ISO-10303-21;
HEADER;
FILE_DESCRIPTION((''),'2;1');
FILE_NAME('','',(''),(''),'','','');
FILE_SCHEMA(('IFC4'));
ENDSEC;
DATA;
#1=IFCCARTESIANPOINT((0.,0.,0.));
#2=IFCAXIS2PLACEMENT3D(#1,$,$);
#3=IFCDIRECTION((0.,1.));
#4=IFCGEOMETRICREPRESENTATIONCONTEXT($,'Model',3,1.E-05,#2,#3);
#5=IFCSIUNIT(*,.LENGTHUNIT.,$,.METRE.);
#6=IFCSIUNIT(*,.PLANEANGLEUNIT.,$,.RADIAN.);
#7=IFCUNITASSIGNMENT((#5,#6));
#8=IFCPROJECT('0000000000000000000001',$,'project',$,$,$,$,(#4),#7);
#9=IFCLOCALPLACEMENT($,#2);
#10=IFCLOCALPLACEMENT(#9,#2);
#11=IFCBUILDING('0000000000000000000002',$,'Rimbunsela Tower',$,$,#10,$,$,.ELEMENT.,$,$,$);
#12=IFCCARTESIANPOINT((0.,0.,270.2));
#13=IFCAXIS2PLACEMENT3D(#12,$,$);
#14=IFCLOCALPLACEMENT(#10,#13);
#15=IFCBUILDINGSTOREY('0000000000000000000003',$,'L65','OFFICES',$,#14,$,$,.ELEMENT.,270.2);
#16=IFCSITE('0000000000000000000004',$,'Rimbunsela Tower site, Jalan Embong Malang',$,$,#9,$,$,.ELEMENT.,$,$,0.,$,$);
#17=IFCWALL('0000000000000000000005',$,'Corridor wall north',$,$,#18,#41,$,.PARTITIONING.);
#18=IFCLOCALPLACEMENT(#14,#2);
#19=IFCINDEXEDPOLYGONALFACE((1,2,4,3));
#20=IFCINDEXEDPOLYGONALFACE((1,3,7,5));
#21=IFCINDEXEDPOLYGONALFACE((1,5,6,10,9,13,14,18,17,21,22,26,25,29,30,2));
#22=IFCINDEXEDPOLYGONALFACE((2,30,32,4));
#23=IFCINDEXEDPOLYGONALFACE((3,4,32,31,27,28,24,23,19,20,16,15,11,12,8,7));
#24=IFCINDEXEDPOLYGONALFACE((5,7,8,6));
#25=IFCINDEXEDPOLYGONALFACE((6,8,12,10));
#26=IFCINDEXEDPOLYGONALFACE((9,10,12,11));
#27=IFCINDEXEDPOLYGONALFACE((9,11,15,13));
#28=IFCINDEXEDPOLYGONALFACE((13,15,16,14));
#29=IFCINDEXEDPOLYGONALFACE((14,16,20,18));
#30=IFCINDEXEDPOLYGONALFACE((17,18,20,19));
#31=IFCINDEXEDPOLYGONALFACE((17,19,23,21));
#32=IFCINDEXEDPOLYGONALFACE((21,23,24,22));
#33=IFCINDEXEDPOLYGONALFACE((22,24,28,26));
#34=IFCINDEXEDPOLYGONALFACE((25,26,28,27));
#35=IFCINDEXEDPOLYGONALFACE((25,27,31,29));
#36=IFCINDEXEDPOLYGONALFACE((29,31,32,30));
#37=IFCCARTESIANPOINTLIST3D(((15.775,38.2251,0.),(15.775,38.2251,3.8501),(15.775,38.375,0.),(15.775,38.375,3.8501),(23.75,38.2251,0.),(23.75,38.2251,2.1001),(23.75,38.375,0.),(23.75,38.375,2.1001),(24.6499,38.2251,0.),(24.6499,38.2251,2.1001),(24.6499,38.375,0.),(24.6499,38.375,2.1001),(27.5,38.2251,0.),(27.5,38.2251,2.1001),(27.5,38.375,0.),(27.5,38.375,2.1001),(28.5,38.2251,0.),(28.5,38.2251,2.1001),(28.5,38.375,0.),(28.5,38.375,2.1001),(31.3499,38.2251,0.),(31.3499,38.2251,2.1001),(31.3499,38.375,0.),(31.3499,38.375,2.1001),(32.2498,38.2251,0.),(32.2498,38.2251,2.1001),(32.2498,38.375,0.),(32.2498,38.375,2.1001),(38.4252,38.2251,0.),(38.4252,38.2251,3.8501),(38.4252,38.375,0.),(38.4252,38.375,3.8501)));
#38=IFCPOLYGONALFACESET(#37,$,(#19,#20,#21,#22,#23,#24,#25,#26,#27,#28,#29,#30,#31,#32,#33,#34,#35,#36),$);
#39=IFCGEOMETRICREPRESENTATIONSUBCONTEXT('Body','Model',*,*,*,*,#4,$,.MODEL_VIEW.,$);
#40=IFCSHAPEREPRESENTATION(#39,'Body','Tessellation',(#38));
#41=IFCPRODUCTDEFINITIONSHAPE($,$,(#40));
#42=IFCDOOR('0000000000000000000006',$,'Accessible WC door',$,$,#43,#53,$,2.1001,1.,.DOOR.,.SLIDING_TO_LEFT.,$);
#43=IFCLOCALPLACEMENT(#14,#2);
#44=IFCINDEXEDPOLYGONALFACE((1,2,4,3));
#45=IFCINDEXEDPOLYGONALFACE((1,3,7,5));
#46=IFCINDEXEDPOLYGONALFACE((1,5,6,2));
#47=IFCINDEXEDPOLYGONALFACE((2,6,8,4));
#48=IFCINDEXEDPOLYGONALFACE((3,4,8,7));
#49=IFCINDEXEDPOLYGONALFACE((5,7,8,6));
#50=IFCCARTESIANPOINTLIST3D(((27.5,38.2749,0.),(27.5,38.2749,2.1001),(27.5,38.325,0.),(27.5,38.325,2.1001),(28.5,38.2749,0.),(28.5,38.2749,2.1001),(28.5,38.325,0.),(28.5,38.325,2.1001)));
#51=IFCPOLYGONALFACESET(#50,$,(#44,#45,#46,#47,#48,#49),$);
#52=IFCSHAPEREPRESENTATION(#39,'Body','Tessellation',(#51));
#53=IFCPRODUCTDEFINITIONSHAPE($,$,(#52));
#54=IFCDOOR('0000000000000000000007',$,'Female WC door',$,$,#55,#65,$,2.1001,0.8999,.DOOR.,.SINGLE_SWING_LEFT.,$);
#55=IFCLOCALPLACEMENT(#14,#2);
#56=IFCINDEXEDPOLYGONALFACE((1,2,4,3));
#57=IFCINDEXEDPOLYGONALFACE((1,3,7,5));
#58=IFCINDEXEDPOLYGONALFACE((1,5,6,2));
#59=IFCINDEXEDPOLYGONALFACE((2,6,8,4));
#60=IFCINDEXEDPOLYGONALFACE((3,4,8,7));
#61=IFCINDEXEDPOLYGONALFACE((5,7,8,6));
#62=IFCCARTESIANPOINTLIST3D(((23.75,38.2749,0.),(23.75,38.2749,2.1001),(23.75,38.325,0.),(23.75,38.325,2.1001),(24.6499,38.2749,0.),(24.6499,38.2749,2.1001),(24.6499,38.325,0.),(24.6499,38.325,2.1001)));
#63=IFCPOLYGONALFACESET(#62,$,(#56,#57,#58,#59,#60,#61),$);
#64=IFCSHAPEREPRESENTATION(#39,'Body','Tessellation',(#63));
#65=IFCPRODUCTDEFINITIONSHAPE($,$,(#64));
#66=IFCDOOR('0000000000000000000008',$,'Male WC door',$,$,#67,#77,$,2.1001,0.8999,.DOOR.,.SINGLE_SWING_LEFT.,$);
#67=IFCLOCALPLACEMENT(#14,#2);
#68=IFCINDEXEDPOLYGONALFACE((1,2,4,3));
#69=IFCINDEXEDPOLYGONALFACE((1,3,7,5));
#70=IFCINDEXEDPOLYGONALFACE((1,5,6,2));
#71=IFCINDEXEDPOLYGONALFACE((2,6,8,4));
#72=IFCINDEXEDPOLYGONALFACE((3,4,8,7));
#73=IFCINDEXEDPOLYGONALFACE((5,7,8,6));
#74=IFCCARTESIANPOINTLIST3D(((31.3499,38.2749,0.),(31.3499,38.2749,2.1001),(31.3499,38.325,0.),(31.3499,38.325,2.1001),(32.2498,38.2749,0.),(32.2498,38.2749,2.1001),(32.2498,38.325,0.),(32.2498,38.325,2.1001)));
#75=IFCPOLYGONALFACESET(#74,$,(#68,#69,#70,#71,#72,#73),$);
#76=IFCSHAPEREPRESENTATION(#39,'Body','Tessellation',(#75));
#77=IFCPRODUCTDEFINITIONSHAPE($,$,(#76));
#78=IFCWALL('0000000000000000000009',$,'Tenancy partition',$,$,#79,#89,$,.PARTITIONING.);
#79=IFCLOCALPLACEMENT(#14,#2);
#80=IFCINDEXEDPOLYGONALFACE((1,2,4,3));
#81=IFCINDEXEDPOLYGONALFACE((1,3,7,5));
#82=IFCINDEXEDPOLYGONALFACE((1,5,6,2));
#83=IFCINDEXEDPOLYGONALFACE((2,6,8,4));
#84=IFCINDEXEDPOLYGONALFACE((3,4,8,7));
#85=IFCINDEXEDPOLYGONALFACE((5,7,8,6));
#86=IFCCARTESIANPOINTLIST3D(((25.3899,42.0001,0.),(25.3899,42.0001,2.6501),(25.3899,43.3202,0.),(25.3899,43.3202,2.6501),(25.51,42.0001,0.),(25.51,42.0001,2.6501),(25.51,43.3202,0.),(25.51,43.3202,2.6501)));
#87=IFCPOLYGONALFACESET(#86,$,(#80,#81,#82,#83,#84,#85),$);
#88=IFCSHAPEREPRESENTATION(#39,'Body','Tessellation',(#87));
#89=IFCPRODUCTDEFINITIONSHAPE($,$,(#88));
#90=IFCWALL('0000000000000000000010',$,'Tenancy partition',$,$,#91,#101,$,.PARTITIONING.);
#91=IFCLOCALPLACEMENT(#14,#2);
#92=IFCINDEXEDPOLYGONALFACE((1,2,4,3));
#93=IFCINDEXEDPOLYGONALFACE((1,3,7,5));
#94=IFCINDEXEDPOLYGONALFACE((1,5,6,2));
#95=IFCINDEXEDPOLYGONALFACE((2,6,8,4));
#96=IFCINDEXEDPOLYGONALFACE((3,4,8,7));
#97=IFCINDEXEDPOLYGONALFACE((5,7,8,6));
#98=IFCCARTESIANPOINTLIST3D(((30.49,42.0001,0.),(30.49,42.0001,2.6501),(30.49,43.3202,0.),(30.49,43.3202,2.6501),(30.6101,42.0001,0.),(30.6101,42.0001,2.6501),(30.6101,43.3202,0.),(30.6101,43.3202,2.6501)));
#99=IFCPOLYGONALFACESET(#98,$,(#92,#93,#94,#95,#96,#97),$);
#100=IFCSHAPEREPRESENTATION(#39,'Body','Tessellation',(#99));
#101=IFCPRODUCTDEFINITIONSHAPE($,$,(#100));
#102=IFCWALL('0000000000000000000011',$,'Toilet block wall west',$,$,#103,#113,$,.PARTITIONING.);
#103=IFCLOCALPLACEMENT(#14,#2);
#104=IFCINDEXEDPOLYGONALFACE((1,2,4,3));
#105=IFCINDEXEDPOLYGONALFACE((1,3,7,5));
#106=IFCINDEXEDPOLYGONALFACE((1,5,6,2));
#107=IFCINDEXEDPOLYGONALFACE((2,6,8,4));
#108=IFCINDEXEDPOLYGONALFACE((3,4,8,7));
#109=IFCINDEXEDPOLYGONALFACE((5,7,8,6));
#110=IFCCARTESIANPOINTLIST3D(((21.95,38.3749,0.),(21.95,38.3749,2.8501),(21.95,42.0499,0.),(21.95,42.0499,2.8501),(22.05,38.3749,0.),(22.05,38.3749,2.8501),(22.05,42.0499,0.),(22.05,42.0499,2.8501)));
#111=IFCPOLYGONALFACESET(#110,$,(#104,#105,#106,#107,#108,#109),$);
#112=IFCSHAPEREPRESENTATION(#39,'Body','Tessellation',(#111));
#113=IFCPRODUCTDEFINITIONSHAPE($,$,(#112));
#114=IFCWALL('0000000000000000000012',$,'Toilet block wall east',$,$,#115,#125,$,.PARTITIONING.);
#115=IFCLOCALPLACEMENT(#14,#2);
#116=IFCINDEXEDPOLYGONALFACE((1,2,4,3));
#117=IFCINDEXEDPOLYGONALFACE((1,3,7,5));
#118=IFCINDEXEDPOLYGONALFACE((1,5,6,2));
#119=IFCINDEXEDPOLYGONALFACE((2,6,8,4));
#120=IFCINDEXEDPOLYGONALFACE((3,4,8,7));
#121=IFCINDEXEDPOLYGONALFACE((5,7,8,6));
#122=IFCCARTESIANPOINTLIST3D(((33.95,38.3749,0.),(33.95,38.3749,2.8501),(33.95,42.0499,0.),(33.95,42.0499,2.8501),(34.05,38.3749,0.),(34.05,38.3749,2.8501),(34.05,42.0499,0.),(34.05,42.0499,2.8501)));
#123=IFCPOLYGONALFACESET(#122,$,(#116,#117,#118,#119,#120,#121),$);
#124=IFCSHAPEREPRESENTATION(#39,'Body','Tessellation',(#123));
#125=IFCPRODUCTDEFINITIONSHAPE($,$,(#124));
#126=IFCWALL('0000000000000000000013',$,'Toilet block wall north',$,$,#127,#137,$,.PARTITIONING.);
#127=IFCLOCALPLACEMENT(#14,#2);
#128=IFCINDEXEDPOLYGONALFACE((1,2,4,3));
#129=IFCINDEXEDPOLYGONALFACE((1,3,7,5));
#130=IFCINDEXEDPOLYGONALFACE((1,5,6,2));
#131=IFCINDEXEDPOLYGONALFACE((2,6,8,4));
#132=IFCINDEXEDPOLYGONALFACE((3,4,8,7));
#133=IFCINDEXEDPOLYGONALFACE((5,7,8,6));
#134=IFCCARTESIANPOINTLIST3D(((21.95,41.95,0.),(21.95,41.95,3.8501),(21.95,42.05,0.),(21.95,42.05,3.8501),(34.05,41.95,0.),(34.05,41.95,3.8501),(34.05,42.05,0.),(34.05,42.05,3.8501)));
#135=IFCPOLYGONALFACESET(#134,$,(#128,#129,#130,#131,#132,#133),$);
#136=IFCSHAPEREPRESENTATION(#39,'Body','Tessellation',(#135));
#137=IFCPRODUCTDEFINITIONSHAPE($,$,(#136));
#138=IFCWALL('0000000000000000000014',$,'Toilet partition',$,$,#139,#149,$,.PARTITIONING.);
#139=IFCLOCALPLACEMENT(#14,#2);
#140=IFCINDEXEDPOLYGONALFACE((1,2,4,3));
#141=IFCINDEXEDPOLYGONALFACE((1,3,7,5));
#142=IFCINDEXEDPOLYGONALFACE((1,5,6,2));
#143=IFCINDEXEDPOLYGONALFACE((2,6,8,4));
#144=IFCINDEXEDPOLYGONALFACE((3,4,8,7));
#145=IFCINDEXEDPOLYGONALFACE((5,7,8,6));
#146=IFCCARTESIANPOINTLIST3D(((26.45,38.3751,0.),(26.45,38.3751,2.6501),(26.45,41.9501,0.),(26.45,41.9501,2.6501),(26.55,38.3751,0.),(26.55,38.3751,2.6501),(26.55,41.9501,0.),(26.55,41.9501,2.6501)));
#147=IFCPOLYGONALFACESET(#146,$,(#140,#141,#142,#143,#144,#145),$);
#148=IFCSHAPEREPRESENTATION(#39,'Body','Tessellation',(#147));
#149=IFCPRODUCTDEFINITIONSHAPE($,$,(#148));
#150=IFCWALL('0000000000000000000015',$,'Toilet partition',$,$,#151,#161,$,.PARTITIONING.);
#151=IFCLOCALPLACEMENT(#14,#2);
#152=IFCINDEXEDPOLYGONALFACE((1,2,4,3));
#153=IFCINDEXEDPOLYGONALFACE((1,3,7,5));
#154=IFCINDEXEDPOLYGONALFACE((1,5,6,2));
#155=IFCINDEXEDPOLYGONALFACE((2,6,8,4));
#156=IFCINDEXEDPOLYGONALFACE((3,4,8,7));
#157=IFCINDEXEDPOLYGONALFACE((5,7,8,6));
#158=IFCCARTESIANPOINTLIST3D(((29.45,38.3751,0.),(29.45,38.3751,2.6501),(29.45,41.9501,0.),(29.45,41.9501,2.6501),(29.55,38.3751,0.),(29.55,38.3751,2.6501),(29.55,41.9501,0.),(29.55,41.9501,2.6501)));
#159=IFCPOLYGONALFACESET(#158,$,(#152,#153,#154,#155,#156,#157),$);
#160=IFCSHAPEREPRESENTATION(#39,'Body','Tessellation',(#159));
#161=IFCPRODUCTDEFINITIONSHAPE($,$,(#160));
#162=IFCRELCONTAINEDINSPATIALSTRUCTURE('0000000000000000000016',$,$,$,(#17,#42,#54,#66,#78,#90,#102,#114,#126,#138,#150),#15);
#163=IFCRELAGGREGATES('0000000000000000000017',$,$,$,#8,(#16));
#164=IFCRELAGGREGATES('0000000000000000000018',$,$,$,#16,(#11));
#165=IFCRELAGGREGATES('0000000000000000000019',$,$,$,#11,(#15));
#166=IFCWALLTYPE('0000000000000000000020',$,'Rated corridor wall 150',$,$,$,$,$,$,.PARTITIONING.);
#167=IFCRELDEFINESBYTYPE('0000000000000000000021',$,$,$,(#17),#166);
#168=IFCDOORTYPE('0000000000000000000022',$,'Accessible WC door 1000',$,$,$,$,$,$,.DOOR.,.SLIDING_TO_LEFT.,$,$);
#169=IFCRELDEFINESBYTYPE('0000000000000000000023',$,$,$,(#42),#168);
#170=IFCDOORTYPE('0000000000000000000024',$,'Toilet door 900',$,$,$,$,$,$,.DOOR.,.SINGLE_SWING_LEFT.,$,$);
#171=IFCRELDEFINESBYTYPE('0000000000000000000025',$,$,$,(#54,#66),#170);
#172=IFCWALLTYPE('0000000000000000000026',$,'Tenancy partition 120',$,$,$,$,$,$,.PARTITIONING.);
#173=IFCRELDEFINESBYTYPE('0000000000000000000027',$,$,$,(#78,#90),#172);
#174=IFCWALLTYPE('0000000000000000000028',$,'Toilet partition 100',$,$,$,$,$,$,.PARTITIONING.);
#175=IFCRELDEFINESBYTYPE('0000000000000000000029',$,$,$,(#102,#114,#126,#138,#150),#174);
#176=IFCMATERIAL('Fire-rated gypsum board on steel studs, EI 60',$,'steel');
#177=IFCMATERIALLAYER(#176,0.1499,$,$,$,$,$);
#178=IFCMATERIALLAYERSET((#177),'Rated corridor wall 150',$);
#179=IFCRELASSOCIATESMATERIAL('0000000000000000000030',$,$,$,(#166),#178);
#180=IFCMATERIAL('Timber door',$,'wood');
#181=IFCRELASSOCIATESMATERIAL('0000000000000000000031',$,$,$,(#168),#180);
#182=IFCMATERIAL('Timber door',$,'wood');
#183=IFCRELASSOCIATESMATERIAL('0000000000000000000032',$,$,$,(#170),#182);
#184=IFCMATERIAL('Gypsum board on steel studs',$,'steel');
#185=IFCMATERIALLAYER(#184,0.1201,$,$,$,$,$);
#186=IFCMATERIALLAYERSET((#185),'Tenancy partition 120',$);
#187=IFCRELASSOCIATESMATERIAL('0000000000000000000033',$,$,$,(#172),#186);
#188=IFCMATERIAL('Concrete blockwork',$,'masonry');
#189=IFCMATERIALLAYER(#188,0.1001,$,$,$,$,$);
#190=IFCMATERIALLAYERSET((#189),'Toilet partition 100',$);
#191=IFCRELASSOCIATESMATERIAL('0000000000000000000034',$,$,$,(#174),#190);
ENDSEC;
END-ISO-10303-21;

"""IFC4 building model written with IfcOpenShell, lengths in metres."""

from ifc_helpers import new_model, si_unit, direction, frame, frame_2d, origin, place, context, subcontext, project, spatial, rectangle, extrude, material, layer, layer_set, type_object, element, fill, save


model = new_model("IFC4")

# Units and contexts
model_context = context("Model", 3, precision=1e-05, world=origin(), true_north=direction((0.0, 1.0)))
body_context = subcontext(model_context, "Body", "Model", "MODEL_VIEW")
ifc_project = project(units=[si_unit("LENGTHUNIT", "METRE"), si_unit("PLANEANGLEUNIT", "RADIAN")], contexts=[model_context])

# Site, building, storey
site_placement = place(None, origin())
site = spatial("IfcSite", under=ifc_project, at=site_placement, Name="Rimbunsela Tower site, Jalan Embong Malang", CompositionType="ELEMENT", RefElevation=0.0)
building_placement = place(site_placement, origin())
building = spatial("IfcBuilding", under=site, at=building_placement, Name="Rimbunsela Tower", CompositionType="ELEMENT")
storey_placement = place(building_placement, frame((0.0, 0.0, 270.2)))
storey = spatial("IfcBuildingStorey", under=building, at=storey_placement, Name="L65", Description="OFFICES", CompositionType="ELEMENT", Elevation=270.2)

# Wall, openings, doors
ifc_material_1 = material(Name="Fire-rated gypsum board on steel studs, EI 60", Category="steel")
ifc_layer_1 = layer(ifc_material_1, 0.1499)
ifc_layer_set_1 = layer_set([ifc_layer_1], Name="Rated corridor wall 150")
wall_type_1 = type_object("IfcWallType", Name="Rated corridor wall 150", PredefinedType="PARTITIONING", material=ifc_layer_set_1)
wall_1_placement = place(storey_placement, frame((15.7749, 38.3, 0.0), z_axis=(0.0, 0.0, 1.0), x_axis=(1.0, 0.0, 0.0)))
wall_1 = element("IfcWall", 1, at=wall_1_placement, inside=storey, type_object=wall_type_1, Name="Corridor wall north", PredefinedType="PARTITIONING", context=body_context, shape_type="SweptSolid", body=[
    extrude(rectangle(XDim=22.6501, YDim=0.1499, at=frame_2d((11.3252, 0.0))), origin(), (0.0, 0.0, 1.0), 3.8501),
])
opening_1_placement = place(wall_1_placement, frame((7.9751, 0.0, 0.0)))
opening_1 = element("IfcOpeningElement", 2, at=opening_1_placement, cuts=wall_1, PredefinedType="OPENING", context=body_context, shape_type="SweptSolid", body=[
    extrude(rectangle(XDim=0.8999, YDim=2.1001, at=frame_2d((0.45, 1.05))), frame((0.0, 0.085, 0.0), z_axis=(0.0, -1.0, 0.0), x_axis=(1.0, 0.0, 0.0)), (0.0, 0.0, 1.0), 0.1699),
])
opening_2_placement = place(wall_1_placement, frame((11.7251, 0.0, 0.0)))
opening_2 = element("IfcOpeningElement", 3, at=opening_2_placement, cuts=wall_1, PredefinedType="OPENING", context=body_context, shape_type="SweptSolid", body=[
    extrude(rectangle(XDim=1.0, YDim=2.1001, at=frame_2d((0.5, 1.05))), frame((0.0, 0.085, 0.0), z_axis=(0.0, -1.0, 0.0), x_axis=(1.0, 0.0, 0.0)), (0.0, 0.0, 1.0), 0.1699),
])
opening_3_placement = place(wall_1_placement, frame((15.575, 0.0, 0.0)))
opening_3 = element("IfcOpeningElement", 4, at=opening_3_placement, cuts=wall_1, PredefinedType="OPENING", context=body_context, shape_type="SweptSolid", body=[
    extrude(rectangle(XDim=0.8999, YDim=2.1001, at=frame_2d((0.45, 1.05))), frame((0.0, 0.085, 0.0), z_axis=(0.0, -1.0, 0.0), x_axis=(1.0, 0.0, 0.0)), (0.0, 0.0, 1.0), 0.1699),
])
ifc_material_2 = material(Name="Timber door", Category="wood")
door_type_1 = type_object("IfcDoorType", Name="Accessible WC door 1000", OperationType="SLIDING_TO_LEFT", PredefinedType="DOOR", material=ifc_material_2)
door_1_placement = place(opening_2_placement, origin())
door_1 = element("IfcDoor", 5, at=door_1_placement, inside=storey, type_object=door_type_1, Name="Accessible WC door", OperationType="SLIDING_TO_LEFT", OverallHeight=2.1001, OverallWidth=1.0, PredefinedType="DOOR", context=body_context, shape_type="SweptSolid", body=[
    extrude(rectangle(XDim=1.0, YDim=2.1001, at=frame_2d((0.5, 1.05))), frame((0.0, 0.0249, 0.0), z_axis=(0.0, -1.0, 0.0), x_axis=(1.0, 0.0, 0.0)), (0.0, 0.0, 1.0), 0.05),
])
fill(opening_2, door_1)
ifc_material_3 = material(Name="Timber door", Category="wood")
door_type_2 = type_object("IfcDoorType", Name="Toilet door 900", OperationType="SINGLE_SWING_LEFT", PredefinedType="DOOR", material=ifc_material_3)
door_2_placement = place(opening_1_placement, origin())
door_2 = element("IfcDoor", 6, at=door_2_placement, inside=storey, type_object=door_type_2, Name="Female WC door", OperationType="SINGLE_SWING_LEFT", OverallHeight=2.1001, OverallWidth=0.8999, PredefinedType="DOOR", context=body_context, shape_type="SweptSolid", body=[
    extrude(rectangle(XDim=0.8999, YDim=2.1001, at=frame_2d((0.45, 1.05))), frame((0.0, 0.0249, 0.0), z_axis=(0.0, -1.0, 0.0), x_axis=(1.0, 0.0, 0.0)), (0.0, 0.0, 1.0), 0.05),
])
fill(opening_1, door_2)
door_3_placement = place(opening_3_placement, origin())
door_3 = element("IfcDoor", 7, at=door_3_placement, inside=storey, type_object=door_type_2, Name="Male WC door", OperationType="SINGLE_SWING_LEFT", OverallHeight=2.1001, OverallWidth=0.8999, PredefinedType="DOOR", context=body_context, shape_type="SweptSolid", body=[
    extrude(rectangle(XDim=0.8999, YDim=2.1001, at=frame_2d((0.45, 1.05))), frame((0.0, 0.0249, 0.0), z_axis=(0.0, -1.0, 0.0), x_axis=(1.0, 0.0, 0.0)), (0.0, 0.0, 1.0), 0.05),
])
fill(opening_3, door_3)

# Walls
ifc_material_4 = material(Name="Gypsum board on steel studs", Category="steel")
ifc_layer_2 = layer(ifc_material_4, 0.1201)
ifc_layer_set_2 = layer_set([ifc_layer_2], Name="Tenancy partition 120")
wall_type_2 = type_object("IfcWallType", Name="Tenancy partition 120", PredefinedType="PARTITIONING", material=ifc_layer_set_2)
for number, where, z_axis, x_axis, name in (
    (8, (25.45, 42.0, 0.0), (0.0, 0.0, 1.0), (0.0, 1.0, 0.0), "Tenancy partition"),
    (9, (30.55, 42.0, 0.0), (0.0, 0.0, 1.0), (0.0, 1.0, 0.0), "Tenancy partition"),
):
    element("IfcWall", number, at=place(storey_placement, frame(where, z_axis=z_axis, x_axis=x_axis)), inside=storey, type_object=wall_type_2, Name=name, PredefinedType="PARTITIONING", context=body_context, shape_type="SweptSolid", body=[
        extrude(rectangle(XDim=1.3201, YDim=0.1201, at=frame_2d((0.6602, 0.0))), origin(), (0.0, 0.0, 1.0), 2.6501),
    ])
ifc_material_5 = material(Name="Concrete blockwork", Category="masonry")
ifc_layer_3 = layer(ifc_material_5, 0.1001)
ifc_layer_set_3 = layer_set([ifc_layer_3], Name="Toilet partition 100")
wall_type_3 = type_object("IfcWallType", Name="Toilet partition 100", PredefinedType="PARTITIONING", material=ifc_layer_set_3)
for number, where, z_axis, x_axis, name in (
    (10, (22.0, 38.375, 0.0), (0.0, 0.0, 1.0), (0.0, 1.0, 0.0), "Toilet block wall west"),
    (11, (34.0, 38.375, 0.0), (0.0, 0.0, 1.0), (0.0, 1.0, 0.0), "Toilet block wall east"),
):
    element("IfcWall", number, at=place(storey_placement, frame(where, z_axis=z_axis, x_axis=x_axis)), inside=storey, type_object=wall_type_3, Name=name, PredefinedType="PARTITIONING", context=body_context, shape_type="SweptSolid", body=[
        extrude(rectangle(XDim=3.675, YDim=0.1001, at=frame_2d((1.8374, 0.0))), origin(), (0.0, 0.0, 1.0), 2.8501),
    ])
wall_2_placement = place(storey_placement, frame((21.95, 42.0, 0.0), z_axis=(0.0, 0.0, 1.0), x_axis=(1.0, 0.0, 0.0)))
element("IfcWall", 12, at=wall_2_placement, inside=storey, type_object=wall_type_3, Name="Toilet block wall north", PredefinedType="PARTITIONING", context=body_context, shape_type="SweptSolid", body=[
    extrude(rectangle(XDim=12.1001, YDim=0.1001, at=frame_2d((6.05, 0.0))), origin(), (0.0, 0.0, 1.0), 3.8501),
])
for number, where, z_axis, x_axis, name in (
    (13, (26.5, 38.375, 0.0), (0.0, 0.0, 1.0), (0.0, 1.0, 0.0), "Toilet partition"),
    (14, (29.5, 38.375, 0.0), (0.0, 0.0, 1.0), (0.0, 1.0, 0.0), "Toilet partition"),
):
    element("IfcWall", number, at=place(storey_placement, frame(where, z_axis=z_axis, x_axis=x_axis)), inside=storey, type_object=wall_type_3, Name=name, PredefinedType="PARTITIONING", context=body_context, shape_type="SweptSolid", body=[
        extrude(rectangle(XDim=3.575, YDim=0.1001, at=frame_2d((1.7876, 0.0))), origin(), (0.0, 0.0, 1.0), 2.6501),
    ])

save(model, "model.ifc")
